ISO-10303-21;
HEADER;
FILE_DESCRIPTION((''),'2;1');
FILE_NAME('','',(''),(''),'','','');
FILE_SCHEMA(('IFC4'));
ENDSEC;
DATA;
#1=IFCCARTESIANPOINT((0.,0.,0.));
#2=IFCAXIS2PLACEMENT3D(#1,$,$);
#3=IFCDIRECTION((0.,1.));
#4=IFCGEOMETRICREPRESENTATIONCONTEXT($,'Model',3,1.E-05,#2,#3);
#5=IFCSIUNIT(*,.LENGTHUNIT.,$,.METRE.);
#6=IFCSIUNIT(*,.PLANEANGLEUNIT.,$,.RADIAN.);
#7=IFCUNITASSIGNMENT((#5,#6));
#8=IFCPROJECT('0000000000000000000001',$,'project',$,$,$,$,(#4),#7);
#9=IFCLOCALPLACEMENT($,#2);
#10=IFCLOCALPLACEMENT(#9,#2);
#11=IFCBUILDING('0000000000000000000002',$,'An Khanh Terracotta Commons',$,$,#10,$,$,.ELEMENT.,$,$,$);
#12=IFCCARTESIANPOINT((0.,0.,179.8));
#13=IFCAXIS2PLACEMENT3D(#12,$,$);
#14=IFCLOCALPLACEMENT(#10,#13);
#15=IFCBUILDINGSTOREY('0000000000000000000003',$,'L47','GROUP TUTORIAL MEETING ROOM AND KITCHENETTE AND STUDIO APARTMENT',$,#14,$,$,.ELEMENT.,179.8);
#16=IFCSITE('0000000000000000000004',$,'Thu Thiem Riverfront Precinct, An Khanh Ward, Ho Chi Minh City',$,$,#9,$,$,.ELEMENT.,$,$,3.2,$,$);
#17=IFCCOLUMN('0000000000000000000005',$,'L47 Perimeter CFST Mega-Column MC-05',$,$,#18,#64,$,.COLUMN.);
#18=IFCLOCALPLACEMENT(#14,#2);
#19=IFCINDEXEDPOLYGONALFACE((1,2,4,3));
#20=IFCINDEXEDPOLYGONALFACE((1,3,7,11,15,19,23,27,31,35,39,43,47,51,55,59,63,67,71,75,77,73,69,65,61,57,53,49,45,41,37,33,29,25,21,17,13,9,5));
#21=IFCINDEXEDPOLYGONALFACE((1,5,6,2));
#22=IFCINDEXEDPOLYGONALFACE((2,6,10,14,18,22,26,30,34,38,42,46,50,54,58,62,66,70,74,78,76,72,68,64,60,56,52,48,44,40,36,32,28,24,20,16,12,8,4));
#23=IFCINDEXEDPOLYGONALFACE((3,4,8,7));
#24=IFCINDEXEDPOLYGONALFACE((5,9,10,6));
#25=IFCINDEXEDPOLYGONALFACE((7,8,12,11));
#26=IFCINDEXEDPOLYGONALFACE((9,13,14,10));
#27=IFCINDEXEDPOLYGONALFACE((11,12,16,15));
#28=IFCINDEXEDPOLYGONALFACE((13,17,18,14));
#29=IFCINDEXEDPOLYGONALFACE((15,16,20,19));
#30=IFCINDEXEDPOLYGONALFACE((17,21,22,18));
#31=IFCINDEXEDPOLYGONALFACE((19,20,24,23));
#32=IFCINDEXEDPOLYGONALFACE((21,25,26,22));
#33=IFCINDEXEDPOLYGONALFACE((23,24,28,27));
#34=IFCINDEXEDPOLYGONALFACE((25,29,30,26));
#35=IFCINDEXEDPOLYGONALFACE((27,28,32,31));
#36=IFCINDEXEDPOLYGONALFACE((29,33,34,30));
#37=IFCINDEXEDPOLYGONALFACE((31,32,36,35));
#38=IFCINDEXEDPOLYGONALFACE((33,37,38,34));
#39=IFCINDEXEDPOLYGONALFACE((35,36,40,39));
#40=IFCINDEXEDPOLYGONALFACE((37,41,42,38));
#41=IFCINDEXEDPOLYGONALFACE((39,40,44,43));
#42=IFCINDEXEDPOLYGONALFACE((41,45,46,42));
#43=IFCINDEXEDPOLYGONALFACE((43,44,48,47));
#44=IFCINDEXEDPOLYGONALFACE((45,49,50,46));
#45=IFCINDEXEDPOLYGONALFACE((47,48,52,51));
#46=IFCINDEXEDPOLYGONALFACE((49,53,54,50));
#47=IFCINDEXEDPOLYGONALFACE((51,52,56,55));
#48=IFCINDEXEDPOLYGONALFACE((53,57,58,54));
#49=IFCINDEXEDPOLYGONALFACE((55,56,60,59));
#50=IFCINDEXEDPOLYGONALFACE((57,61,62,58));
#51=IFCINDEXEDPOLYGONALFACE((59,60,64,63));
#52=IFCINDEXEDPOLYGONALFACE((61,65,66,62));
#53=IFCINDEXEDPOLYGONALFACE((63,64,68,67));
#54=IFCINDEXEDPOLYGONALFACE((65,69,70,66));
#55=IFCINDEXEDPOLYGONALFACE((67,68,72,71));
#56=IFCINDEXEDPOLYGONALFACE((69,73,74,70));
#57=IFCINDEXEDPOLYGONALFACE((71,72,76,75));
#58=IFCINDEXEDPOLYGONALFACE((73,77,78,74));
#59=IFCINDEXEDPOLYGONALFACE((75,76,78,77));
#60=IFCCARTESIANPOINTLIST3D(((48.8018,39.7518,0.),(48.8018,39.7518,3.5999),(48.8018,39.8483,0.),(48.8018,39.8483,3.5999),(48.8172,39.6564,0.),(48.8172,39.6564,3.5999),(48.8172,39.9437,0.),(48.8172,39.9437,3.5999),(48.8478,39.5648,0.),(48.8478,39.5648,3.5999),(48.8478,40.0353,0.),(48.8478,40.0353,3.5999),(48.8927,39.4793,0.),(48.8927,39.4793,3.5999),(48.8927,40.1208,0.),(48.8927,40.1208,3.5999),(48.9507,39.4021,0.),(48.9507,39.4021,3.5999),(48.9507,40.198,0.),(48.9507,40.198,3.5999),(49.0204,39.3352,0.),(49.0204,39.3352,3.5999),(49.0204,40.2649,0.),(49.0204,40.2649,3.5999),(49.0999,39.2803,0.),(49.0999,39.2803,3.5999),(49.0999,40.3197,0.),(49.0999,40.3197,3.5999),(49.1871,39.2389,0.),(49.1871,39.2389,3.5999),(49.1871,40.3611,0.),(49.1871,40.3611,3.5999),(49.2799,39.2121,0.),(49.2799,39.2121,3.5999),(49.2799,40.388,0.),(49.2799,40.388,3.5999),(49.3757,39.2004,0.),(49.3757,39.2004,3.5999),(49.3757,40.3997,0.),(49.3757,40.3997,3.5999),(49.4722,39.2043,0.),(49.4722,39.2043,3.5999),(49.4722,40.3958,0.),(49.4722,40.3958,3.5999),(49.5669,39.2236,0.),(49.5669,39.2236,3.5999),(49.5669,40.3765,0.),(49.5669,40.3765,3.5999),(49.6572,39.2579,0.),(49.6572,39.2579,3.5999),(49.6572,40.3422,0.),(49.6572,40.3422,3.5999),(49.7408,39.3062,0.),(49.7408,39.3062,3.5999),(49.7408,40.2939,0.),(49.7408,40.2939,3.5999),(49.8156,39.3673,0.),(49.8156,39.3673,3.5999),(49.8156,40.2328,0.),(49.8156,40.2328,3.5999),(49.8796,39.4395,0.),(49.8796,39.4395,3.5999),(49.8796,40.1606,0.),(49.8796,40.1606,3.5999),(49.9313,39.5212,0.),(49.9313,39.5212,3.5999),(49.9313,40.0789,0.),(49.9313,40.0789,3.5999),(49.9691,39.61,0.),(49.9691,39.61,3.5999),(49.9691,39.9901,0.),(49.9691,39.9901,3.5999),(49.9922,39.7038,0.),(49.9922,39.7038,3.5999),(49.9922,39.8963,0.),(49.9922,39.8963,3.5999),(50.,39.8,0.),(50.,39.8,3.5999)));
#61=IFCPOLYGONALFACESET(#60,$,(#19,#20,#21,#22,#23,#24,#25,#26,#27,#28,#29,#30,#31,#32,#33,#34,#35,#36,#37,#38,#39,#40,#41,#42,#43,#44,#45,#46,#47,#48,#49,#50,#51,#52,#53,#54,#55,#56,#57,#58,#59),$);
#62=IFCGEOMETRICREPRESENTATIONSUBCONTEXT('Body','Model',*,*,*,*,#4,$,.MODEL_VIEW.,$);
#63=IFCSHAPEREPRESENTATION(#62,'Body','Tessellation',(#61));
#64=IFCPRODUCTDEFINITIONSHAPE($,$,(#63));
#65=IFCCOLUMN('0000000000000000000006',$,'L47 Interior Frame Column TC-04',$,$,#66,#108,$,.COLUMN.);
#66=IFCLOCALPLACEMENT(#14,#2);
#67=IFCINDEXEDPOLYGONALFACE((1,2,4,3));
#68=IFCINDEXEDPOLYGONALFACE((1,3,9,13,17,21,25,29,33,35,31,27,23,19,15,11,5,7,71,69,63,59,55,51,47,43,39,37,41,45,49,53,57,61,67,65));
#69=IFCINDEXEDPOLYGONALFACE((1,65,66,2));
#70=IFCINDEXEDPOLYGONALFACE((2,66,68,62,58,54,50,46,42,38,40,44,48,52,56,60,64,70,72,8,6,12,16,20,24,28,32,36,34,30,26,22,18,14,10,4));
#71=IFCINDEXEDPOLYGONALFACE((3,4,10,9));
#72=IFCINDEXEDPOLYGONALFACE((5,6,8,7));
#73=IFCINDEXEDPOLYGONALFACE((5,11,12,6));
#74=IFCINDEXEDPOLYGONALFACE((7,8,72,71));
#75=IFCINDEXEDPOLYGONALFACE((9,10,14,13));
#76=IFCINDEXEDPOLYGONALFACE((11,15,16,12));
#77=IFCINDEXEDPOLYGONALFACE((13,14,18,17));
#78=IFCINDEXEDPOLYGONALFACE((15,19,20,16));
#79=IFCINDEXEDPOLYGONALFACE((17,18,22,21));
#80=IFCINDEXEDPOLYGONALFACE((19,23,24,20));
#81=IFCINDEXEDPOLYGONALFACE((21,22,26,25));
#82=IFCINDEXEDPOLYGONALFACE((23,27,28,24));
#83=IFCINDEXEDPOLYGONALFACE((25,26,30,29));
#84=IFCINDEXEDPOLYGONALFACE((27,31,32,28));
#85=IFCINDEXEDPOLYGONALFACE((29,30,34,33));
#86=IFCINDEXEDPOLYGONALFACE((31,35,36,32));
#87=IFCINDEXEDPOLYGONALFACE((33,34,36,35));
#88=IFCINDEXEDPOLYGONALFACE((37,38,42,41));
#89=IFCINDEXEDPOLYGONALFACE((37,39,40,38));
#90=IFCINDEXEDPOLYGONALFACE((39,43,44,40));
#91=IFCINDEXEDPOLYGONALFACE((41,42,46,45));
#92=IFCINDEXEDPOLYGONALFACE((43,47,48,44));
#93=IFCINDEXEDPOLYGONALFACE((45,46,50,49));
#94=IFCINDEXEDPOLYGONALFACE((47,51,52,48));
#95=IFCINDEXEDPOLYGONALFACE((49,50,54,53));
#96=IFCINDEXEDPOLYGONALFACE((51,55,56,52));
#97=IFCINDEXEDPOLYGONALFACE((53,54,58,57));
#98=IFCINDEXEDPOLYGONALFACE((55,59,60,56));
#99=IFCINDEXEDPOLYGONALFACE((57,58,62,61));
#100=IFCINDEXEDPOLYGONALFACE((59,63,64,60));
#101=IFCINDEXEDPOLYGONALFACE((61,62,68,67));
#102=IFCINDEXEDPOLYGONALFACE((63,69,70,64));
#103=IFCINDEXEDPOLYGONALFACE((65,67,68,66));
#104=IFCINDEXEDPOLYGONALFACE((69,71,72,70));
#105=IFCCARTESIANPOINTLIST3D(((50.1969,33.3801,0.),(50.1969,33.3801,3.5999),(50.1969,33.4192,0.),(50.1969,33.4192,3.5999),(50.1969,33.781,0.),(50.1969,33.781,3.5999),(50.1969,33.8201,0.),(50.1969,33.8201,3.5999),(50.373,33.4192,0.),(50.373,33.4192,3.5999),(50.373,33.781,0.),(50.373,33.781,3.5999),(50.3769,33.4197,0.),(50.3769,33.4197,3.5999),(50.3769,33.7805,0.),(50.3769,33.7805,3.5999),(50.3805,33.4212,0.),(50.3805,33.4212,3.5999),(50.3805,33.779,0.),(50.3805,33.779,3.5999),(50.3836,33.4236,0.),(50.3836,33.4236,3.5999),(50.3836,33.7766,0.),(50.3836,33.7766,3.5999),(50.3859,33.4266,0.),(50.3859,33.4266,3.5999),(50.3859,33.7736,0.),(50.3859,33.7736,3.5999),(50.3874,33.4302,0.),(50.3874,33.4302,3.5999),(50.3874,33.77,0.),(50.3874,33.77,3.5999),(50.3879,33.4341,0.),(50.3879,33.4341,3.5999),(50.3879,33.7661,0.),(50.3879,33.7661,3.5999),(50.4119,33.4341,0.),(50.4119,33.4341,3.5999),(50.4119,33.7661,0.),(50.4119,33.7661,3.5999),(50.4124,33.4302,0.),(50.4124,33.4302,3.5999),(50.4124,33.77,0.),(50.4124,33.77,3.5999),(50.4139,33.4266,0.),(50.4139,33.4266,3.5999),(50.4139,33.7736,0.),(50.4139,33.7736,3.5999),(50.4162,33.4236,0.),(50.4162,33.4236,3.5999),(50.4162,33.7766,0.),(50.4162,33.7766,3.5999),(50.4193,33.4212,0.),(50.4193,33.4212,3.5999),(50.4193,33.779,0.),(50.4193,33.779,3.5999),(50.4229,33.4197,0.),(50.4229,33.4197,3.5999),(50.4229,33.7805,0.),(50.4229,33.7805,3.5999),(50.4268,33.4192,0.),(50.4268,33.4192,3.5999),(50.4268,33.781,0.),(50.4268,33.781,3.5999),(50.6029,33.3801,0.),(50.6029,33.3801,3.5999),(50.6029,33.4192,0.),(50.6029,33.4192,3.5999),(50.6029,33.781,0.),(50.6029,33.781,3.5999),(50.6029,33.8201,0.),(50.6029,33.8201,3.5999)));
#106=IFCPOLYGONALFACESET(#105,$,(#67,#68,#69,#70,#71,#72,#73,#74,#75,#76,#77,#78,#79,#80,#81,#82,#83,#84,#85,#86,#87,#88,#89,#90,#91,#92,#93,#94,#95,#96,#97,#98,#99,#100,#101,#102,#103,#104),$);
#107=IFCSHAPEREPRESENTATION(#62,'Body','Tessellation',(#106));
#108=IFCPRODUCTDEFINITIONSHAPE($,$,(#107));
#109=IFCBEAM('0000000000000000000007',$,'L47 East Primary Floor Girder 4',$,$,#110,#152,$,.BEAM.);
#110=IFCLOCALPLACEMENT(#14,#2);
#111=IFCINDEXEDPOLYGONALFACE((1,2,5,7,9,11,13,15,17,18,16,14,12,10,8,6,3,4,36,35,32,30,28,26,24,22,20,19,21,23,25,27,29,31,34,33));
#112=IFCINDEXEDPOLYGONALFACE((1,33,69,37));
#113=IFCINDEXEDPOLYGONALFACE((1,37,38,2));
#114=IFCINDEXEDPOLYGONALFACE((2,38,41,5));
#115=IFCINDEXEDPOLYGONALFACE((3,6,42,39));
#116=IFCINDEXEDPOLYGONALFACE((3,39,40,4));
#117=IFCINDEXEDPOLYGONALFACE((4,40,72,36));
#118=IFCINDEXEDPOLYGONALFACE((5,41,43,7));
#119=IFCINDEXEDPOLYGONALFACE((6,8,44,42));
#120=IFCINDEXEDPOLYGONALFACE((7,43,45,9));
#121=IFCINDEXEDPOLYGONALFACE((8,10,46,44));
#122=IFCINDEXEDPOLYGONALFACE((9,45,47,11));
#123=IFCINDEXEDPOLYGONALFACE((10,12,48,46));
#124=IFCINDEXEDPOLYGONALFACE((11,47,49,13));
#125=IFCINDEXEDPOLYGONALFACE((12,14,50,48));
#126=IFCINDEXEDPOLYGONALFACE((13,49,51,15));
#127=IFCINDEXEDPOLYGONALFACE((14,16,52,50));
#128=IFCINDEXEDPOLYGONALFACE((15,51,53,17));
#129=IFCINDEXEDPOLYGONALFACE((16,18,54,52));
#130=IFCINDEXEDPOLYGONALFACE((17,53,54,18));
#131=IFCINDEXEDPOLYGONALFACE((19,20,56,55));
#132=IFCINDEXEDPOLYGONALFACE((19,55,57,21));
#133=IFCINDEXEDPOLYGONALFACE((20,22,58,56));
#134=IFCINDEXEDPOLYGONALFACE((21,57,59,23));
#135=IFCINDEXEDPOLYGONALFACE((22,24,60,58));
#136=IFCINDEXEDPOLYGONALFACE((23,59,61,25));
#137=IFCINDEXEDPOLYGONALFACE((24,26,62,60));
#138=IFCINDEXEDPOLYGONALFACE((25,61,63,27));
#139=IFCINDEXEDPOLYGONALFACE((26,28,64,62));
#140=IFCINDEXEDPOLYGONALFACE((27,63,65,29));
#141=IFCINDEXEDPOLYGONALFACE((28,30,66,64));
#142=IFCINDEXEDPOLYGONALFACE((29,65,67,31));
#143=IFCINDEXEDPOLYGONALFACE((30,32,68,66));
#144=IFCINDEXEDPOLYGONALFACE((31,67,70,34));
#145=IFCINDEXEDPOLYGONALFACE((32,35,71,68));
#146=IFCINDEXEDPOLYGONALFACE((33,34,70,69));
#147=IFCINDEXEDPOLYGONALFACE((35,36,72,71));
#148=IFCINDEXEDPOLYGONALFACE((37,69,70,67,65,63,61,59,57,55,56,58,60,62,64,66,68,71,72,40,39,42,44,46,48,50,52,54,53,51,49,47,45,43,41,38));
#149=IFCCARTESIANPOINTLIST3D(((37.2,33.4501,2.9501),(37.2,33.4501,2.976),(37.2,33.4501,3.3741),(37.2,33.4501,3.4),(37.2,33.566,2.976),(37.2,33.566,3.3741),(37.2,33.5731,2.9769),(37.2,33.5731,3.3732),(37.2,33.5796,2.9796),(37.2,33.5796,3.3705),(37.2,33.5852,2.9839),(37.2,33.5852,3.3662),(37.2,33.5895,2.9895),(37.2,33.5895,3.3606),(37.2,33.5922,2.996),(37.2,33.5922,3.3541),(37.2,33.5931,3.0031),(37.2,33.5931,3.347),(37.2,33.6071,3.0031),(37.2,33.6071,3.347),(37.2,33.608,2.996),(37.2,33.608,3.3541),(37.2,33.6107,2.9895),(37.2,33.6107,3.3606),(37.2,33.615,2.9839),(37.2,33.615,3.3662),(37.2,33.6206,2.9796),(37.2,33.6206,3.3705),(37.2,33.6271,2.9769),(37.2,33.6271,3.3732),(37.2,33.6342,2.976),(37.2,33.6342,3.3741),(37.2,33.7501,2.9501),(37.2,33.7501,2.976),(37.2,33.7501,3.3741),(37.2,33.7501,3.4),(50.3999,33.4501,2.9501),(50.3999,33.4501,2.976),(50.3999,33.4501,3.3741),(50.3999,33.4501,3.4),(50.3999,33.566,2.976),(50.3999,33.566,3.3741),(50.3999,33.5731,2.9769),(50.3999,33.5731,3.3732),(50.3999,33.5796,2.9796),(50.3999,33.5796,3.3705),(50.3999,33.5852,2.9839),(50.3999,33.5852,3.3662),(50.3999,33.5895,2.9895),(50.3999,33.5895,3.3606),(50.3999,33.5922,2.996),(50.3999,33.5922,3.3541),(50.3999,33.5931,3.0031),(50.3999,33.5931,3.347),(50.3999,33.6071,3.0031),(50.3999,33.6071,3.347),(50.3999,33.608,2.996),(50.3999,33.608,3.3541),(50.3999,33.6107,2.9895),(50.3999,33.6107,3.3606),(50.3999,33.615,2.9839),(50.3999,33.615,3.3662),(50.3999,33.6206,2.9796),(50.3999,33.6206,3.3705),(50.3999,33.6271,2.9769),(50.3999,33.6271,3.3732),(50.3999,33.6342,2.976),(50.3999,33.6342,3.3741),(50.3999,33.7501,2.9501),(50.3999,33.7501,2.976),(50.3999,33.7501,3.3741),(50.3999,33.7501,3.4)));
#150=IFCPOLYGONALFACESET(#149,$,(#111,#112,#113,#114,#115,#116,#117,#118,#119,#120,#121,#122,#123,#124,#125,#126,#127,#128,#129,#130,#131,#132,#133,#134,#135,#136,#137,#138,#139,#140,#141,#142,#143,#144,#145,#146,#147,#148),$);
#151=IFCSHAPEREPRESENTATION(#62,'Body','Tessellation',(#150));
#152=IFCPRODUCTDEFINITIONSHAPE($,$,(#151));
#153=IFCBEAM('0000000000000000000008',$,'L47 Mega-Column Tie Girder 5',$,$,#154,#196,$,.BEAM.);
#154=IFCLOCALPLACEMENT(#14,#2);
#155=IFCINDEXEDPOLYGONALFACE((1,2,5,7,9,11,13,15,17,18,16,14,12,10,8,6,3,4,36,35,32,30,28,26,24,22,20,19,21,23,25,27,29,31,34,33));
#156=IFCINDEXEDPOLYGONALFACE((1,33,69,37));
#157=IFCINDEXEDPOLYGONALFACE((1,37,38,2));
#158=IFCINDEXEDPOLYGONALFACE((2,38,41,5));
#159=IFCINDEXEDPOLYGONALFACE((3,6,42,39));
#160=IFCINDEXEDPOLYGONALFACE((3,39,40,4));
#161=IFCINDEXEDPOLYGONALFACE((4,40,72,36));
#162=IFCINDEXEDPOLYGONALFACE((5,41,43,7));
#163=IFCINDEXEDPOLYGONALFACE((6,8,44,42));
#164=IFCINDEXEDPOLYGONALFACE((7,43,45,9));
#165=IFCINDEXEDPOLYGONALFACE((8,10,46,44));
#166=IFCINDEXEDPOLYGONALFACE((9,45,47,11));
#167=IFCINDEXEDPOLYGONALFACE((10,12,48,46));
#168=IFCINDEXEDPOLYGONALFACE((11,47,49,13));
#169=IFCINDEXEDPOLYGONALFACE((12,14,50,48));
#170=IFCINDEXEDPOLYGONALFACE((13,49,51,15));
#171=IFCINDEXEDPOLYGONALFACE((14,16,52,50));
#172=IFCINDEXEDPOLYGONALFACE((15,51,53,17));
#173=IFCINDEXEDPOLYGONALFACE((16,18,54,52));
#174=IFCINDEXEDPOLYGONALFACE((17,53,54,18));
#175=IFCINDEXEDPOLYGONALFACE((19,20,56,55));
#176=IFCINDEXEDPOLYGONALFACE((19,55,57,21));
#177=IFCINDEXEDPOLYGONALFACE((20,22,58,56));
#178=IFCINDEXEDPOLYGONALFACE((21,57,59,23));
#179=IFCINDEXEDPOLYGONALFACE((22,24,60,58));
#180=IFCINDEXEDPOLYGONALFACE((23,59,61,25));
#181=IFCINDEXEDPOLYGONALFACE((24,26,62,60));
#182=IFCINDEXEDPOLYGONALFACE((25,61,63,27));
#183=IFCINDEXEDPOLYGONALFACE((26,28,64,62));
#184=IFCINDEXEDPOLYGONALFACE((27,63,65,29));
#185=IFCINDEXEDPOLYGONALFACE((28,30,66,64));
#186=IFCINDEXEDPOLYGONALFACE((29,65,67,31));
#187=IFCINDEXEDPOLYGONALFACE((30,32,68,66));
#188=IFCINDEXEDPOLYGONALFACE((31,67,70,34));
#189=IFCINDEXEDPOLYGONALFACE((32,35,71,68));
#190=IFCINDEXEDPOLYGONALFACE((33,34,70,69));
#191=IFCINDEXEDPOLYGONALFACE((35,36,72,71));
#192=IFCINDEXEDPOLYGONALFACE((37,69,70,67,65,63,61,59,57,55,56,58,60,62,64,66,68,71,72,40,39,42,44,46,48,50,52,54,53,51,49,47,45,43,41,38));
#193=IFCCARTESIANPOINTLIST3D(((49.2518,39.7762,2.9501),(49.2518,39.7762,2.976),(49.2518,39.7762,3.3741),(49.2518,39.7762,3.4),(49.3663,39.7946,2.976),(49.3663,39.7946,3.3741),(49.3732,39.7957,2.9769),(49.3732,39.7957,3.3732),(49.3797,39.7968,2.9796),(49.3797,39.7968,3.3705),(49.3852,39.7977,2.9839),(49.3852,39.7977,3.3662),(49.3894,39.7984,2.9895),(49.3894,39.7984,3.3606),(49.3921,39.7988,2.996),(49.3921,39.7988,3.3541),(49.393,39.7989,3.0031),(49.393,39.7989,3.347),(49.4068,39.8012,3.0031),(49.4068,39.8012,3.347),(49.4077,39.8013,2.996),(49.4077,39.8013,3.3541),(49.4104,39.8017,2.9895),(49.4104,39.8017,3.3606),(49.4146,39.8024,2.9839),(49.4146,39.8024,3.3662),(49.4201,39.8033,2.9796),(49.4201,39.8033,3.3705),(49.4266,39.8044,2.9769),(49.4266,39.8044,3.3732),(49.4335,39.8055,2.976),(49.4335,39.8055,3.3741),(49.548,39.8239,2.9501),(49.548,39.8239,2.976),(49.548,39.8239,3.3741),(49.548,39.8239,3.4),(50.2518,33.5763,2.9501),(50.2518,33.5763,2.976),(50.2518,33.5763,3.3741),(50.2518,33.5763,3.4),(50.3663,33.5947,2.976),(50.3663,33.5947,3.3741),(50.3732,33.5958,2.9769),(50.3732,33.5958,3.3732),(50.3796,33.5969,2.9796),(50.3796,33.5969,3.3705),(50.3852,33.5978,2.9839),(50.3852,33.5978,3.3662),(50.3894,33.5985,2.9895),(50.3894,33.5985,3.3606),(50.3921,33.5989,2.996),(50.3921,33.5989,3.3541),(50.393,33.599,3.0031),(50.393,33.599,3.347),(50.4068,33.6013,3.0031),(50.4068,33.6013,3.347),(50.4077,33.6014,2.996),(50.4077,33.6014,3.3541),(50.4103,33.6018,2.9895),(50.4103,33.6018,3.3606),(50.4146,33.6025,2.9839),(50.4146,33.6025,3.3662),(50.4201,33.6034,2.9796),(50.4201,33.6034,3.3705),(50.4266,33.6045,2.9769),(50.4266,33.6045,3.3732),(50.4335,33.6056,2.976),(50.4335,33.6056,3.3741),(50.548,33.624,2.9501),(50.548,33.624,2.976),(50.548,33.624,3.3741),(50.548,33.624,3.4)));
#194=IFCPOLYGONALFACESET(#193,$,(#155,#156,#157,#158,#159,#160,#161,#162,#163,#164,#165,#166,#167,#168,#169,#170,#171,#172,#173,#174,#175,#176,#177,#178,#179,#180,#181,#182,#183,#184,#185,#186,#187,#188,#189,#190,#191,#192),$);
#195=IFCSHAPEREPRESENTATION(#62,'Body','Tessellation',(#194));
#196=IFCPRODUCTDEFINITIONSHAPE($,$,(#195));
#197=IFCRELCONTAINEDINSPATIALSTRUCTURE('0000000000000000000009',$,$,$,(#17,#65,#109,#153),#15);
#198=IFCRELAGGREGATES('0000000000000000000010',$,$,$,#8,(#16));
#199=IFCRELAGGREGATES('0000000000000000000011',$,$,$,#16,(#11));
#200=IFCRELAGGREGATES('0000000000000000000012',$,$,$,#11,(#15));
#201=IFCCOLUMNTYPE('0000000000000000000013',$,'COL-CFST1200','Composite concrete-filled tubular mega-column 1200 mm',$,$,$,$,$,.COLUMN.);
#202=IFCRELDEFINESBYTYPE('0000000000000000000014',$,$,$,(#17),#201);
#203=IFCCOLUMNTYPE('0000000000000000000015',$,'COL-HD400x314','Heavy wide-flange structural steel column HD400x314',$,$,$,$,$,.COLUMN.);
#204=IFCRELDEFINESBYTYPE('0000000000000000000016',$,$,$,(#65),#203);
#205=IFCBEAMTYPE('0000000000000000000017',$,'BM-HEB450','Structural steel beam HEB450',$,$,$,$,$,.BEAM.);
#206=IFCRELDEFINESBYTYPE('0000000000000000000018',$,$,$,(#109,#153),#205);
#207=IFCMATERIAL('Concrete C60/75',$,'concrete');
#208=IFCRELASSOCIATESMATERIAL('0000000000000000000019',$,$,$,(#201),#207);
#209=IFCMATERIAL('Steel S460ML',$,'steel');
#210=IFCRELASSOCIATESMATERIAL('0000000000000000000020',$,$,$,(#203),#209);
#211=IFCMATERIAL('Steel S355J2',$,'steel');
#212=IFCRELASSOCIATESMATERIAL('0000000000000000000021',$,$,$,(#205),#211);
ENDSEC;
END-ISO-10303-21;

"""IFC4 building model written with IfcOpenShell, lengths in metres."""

from ifc_helpers import new_model, si_unit, direction, frame, origin, origin_2d, place, context, subcontext, project, spatial, circle, i_section, extrude, material, material_profile, profile_set, type_object, element, save


model = new_model("IFC4")

# Units and contexts
model_context = context("Model", 3, precision=1e-05, world=origin(), true_north=direction((0.0, 1.0)))
body_context = subcontext(model_context, "Body", "Model", "MODEL_VIEW")
ifc_project = project(units=[si_unit("LENGTHUNIT", "METRE"), si_unit("PLANEANGLEUNIT", "RADIAN")], contexts=[model_context])

# Site, building, storey
site_placement = place(None, origin())
site = spatial("IfcSite", under=ifc_project, at=site_placement, Name="Thu Thiem Riverfront Precinct, An Khanh Ward, Ho Chi Minh City", CompositionType="ELEMENT", RefElevation=3.2)
building_placement = place(site_placement, origin())
building = spatial("IfcBuilding", under=site, at=building_placement, Name="An Khanh Terracotta Commons", CompositionType="ELEMENT")
storey_placement = place(building_placement, frame((0.0, 0.0, 179.8)))
storey = spatial("IfcBuildingStorey", under=building, at=storey_placement, Name="L47", Description="GROUP TUTORIAL MEETING ROOM AND KITCHENETTE AND STUDIO APARTMENT", CompositionType="ELEMENT", Elevation=179.8)

# Columns
ifc_material_1 = material(Name="Concrete C60/75", Category="concrete")
ifc_material_profile_1 = material_profile(ifc_material_1, circle(Radius=0.6001, at=origin_2d()), Name="CFST1200")
ifc_profile_set_1 = profile_set([ifc_material_profile_1], Name="Concrete C60/75")
column_type_1 = type_object("IfcColumnType", Name="COL-CFST1200", Description="Composite concrete-filled tubular mega-column 1200 mm", PredefinedType="COLUMN", material=ifc_profile_set_1)
column_1_placement = place(storey_placement, frame((49.3999, 39.8, 0.0), z_axis=(0.0, 0.0, 1.0), x_axis=(1.0, 0.0, 0.0)))
element("IfcColumn", 1, at=column_1_placement, inside=storey, type_object=column_type_1, Name="L47 Perimeter CFST Mega-Column MC-05", PredefinedType="COLUMN", context=body_context, shape_type="SweptSolid", body=[
    extrude(circle(Radius=0.6001, at=origin_2d()), origin(), (0.0, 0.0, 1.0), 3.5999),
])
ifc_material_2 = material(Name="Steel S460ML", Category="steel")
ifc_material_profile_2 = material_profile(ifc_material_2, i_section(OverallWidth=0.406, OverallDepth=0.4399, WebThickness=0.0239, FlangeThickness=0.0391, FilletRadius=0.0149, at=origin_2d()), Name="HD400x314")
ifc_profile_set_2 = profile_set([ifc_material_profile_2], Name="Steel S460ML")
column_type_2 = type_object("IfcColumnType", Name="COL-HD400x314", Description="Heavy wide-flange structural steel column HD400x314", PredefinedType="COLUMN", material=ifc_profile_set_2)
column_2_placement = place(storey_placement, frame((50.3999, 33.6001, 0.0), z_axis=(0.0, 0.0, 1.0), x_axis=(1.0, 0.0, 0.0)))
element("IfcColumn", 2, at=column_2_placement, inside=storey, type_object=column_type_2, Name="L47 Interior Frame Column TC-04", PredefinedType="COLUMN", context=body_context, shape_type="SweptSolid", body=[
    extrude(i_section(OverallWidth=0.406, OverallDepth=0.4399, WebThickness=0.0239, FlangeThickness=0.0391, FilletRadius=0.0149, at=origin_2d()), origin(), (0.0, 0.0, 1.0), 3.5999),
])

# Beams
ifc_material_3 = material(Name="Steel S355J2", Category="steel")
ifc_material_profile_3 = material_profile(ifc_material_3, i_section(OverallWidth=0.3, OverallDepth=0.45, WebThickness=0.0139, FlangeThickness=0.0259, FilletRadius=0.0271, at=origin_2d()), Name="HEB450")
ifc_profile_set_3 = profile_set([ifc_material_profile_3], Name="Steel S355J2")
beam_type_1 = type_object("IfcBeamType", Name="BM-HEB450", Description="Structural steel beam HEB450", PredefinedType="BEAM", material=ifc_profile_set_3)
beam_1_placement = place(storey_placement, frame((37.2, 33.6001, 3.175), z_axis=(1.0, 0.0, 0.0), x_axis=(0.0, 1.0, 0.0)))
element("IfcBeam", 3, at=beam_1_placement, inside=storey, type_object=beam_type_1, Name="L47 East Primary Floor Girder 4", PredefinedType="BEAM", context=body_context, shape_type="SweptSolid", body=[
    extrude(i_section(OverallWidth=0.3, OverallDepth=0.45, WebThickness=0.0139, FlangeThickness=0.0259, FilletRadius=0.0271, at=origin_2d()), origin(), (0.0, 0.0, 1.0), 13.2),
])
beam_2_placement = place(storey_placement, frame((49.3999, 39.8, 3.175), z_axis=(0.159234, -0.987241, 0.0), x_axis=(0.987241, 0.159234, 0.0)))
element("IfcBeam", 4, at=beam_2_placement, inside=storey, type_object=beam_type_1, Name="L47 Mega-Column Tie Girder 5", PredefinedType="BEAM", context=body_context, shape_type="SweptSolid", body=[
    extrude(i_section(OverallWidth=0.3, OverallDepth=0.45, WebThickness=0.0139, FlangeThickness=0.0259, FilletRadius=0.0271, at=origin_2d()), origin(), (0.0, 0.0, 1.0), 6.28),
])

save(model, "model.ifc")
